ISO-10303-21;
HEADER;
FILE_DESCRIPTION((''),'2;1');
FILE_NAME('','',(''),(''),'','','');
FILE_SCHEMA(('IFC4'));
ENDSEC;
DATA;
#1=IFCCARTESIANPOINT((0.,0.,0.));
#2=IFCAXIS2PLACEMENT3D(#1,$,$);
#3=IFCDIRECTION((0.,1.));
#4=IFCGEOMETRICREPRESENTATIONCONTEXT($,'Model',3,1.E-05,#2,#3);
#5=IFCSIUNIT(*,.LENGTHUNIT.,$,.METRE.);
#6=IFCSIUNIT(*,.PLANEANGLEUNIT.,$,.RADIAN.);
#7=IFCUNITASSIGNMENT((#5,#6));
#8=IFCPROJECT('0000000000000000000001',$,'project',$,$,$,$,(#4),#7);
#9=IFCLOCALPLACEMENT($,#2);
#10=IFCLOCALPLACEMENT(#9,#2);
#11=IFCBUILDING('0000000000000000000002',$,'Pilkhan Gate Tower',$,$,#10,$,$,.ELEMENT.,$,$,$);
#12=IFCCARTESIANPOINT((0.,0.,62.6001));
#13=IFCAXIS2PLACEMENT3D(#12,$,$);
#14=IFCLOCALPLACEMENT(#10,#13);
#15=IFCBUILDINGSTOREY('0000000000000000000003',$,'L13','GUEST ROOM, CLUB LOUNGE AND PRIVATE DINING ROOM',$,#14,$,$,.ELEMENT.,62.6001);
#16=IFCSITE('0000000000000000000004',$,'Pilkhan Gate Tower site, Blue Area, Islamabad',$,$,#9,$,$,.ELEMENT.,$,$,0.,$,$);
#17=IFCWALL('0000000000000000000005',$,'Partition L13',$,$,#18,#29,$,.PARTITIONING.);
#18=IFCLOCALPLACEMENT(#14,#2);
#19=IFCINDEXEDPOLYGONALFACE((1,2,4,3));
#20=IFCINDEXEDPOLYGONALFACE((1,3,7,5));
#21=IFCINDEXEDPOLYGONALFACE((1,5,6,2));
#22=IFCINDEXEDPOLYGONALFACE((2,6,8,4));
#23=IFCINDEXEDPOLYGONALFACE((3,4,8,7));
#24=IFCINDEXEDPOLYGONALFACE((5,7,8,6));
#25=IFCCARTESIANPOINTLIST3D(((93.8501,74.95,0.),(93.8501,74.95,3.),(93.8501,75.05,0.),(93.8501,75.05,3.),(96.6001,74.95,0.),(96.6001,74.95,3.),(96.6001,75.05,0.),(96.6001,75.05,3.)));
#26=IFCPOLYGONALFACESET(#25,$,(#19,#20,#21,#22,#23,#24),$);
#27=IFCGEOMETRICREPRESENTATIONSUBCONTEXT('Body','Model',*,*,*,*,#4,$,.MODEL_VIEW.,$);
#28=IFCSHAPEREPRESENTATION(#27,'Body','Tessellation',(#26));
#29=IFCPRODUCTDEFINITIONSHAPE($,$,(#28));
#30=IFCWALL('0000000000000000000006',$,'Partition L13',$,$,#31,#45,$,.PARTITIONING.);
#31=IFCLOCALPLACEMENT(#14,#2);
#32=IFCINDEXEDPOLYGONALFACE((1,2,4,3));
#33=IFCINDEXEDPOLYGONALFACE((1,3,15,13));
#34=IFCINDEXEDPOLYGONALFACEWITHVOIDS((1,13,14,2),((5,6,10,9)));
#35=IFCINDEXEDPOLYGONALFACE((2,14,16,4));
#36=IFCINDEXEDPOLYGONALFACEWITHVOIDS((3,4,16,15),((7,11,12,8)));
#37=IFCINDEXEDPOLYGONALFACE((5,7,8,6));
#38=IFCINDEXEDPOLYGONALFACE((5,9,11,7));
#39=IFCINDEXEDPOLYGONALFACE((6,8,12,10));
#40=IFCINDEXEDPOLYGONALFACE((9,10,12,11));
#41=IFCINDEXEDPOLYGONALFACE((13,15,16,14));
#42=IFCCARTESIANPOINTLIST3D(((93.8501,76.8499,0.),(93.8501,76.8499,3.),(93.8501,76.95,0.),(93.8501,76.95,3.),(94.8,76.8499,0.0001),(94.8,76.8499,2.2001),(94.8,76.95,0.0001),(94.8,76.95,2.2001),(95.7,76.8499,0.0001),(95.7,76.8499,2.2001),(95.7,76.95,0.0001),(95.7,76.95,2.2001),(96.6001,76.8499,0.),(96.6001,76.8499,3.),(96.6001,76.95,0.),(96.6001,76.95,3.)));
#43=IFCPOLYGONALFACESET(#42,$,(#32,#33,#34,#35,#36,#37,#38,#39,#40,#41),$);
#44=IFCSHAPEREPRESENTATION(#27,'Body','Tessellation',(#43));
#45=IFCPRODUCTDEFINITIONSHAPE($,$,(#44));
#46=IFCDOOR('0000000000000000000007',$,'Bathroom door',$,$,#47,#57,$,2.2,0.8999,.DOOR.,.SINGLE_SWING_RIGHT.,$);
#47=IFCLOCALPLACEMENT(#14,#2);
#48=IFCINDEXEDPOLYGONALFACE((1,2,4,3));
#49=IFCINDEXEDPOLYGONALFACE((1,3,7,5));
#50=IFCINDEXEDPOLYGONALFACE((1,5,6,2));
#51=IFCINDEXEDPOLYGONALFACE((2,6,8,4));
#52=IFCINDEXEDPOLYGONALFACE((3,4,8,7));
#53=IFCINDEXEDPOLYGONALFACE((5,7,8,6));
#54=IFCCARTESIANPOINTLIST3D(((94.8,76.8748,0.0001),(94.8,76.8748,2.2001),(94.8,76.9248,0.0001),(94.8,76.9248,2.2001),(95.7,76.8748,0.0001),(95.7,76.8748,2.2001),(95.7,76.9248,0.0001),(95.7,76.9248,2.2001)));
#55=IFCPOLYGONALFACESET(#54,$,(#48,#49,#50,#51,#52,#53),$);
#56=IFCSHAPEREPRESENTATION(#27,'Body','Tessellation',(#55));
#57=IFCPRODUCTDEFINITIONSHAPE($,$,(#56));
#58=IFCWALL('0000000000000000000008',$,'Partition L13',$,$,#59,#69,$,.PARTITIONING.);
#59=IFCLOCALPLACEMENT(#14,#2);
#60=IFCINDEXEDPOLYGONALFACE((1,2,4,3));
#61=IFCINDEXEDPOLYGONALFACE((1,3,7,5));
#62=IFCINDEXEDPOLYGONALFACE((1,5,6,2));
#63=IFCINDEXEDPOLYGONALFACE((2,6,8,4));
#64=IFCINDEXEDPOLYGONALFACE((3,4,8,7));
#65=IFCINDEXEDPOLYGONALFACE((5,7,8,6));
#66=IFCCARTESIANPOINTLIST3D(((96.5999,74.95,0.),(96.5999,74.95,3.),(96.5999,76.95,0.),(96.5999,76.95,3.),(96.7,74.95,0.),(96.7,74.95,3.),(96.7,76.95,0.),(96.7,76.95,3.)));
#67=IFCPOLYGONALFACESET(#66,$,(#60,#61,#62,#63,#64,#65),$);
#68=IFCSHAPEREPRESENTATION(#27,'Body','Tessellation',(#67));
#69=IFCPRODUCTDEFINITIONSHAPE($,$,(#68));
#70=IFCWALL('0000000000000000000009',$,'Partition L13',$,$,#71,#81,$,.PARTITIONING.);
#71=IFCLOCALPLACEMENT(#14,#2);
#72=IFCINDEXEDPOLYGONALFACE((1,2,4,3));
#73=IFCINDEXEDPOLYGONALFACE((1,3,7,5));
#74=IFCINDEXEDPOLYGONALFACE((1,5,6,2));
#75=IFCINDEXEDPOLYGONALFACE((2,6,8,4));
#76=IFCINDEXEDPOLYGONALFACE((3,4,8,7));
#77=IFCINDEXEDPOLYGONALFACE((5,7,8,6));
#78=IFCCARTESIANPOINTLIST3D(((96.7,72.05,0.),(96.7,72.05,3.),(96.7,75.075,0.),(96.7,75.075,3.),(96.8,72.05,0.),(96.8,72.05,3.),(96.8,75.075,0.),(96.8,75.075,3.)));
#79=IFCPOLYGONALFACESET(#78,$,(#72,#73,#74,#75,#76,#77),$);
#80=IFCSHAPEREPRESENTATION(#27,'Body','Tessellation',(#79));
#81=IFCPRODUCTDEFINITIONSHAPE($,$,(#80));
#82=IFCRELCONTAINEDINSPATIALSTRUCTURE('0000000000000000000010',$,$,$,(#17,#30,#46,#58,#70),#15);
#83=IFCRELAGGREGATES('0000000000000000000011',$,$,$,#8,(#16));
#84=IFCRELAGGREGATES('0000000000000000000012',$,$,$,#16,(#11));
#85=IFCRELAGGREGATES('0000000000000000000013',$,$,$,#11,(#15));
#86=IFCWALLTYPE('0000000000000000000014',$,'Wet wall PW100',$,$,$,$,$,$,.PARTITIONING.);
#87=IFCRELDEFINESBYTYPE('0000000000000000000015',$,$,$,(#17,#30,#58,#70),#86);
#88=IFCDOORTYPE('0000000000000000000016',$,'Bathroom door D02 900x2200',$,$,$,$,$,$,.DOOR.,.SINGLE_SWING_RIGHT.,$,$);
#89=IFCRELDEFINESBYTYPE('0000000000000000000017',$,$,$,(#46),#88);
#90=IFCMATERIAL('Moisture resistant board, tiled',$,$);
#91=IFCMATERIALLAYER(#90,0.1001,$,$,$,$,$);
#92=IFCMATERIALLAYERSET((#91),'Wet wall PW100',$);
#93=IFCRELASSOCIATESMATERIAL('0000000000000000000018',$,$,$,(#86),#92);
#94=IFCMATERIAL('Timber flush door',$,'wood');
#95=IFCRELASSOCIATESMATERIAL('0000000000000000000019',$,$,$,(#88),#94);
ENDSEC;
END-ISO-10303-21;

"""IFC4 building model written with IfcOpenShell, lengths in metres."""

from ifc_helpers import new_model, si_unit, direction, frame, frame_2d, origin, place, context, subcontext, project, spatial, rectangle, extrude, material, layer, layer_set, type_object, element, fill, save


model = new_model("IFC4")

# Units and contexts
model_context = context("Model", 3, precision=1e-05, world=origin(), true_north=direction((0.0, 1.0)))
body_context = subcontext(model_context, "Body", "Model", "MODEL_VIEW")
ifc_project = project(units=[si_unit("LENGTHUNIT", "METRE"), si_unit("PLANEANGLEUNIT", "RADIAN")], contexts=[model_context])

# Site, building, storey
site_placement = place(None, origin())
site = spatial("IfcSite", under=ifc_project, at=site_placement, Name="Pilkhan Gate Tower site, Blue Area, Islamabad", CompositionType="ELEMENT", RefElevation=0.0)
building_placement = place(site_placement, origin())
building = spatial("IfcBuilding", under=site, at=building_placement, Name="Pilkhan Gate Tower", CompositionType="ELEMENT")
storey_placement = place(building_placement, frame((0.0, 0.0, 62.6001)))
storey = spatial("IfcBuildingStorey", under=building, at=storey_placement, Name="L13", Description="GUEST ROOM, CLUB LOUNGE AND PRIVATE DINING ROOM", CompositionType="ELEMENT", Elevation=62.6001)

# Shared definitions
ifc_material_1 = material(Name="Moisture resistant board, tiled")
ifc_layer_1 = layer(ifc_material_1, 0.1001)
ifc_layer_set_1 = layer_set([ifc_layer_1], Name="Wet wall PW100")
wall_type_1 = type_object("IfcWallType", Name="Wet wall PW100", PredefinedType="PARTITIONING", material=ifc_layer_set_1)
ifc_material_2 = material(Name="Timber flush door", Category="wood")
door_type = type_object("IfcDoorType", Name="Bathroom door D02 900x2200", OperationType="SINGLE_SWING_RIGHT", PredefinedType="DOOR", material=ifc_material_2)

# Wall
wall_1_placement = place(storey_placement, frame((93.8501, 75.0, 0.0), z_axis=(0.0, 0.0, 1.0), x_axis=(1.0, 0.0, 0.0)))
element("IfcWall", 1, at=wall_1_placement, inside=storey, type_object=wall_type_1, Name="Partition L13", PredefinedType="PARTITIONING", context=body_context, shape_type="SweptSolid", body=[
    extrude(rectangle(XDim=2.75, YDim=0.1001, at=frame_2d((1.375, 0.0))), origin(), (0.0, 0.0, 1.0), 3.0),
])

# Wall, opening, door
wall_2_placement = place(storey_placement, frame((93.8501, 76.8999, 0.0), z_axis=(0.0, 0.0, 1.0), x_axis=(1.0, 0.0, 0.0)))
wall_2 = element("IfcWall", 2, at=wall_2_placement, inside=storey, type_object=wall_type_1, Name="Partition L13", PredefinedType="PARTITIONING", context=body_context, shape_type="SweptSolid", body=[
    extrude(rectangle(XDim=2.75, YDim=0.1001, at=frame_2d((1.375, 0.0))), origin(), (0.0, 0.0, 1.0), 3.0),
])
opening_1_placement = place(wall_2_placement, frame((0.95, 0.0, 0.0)))
opening_1 = element("IfcOpeningElement", 3, at=opening_1_placement, cuts=wall_2, PredefinedType="OPENING", context=body_context, shape_type="SweptSolid", body=[
    extrude(rectangle(XDim=0.8999, YDim=2.2, at=frame_2d((0.45, 1.1001))), frame((0.0, 0.0601, 0.0), z_axis=(0.0, -1.0, 0.0), x_axis=(1.0, 0.0, 0.0)), (0.0, 0.0, 1.0), 0.1201),
])
door_1_placement = place(opening_1_placement, origin())
door_1 = element("IfcDoor", 4, at=door_1_placement, inside=storey, type_object=door_type, Name="Bathroom door", OperationType="SINGLE_SWING_RIGHT", OverallHeight=2.2, OverallWidth=0.8999, PredefinedType="DOOR", context=body_context, shape_type="SweptSolid", body=[
    extrude(rectangle(XDim=0.8999, YDim=2.2, at=frame_2d((0.45, 1.1001))), frame((0.0, 0.0249, 0.0), z_axis=(0.0, -1.0, 0.0), x_axis=(1.0, 0.0, 0.0)), (0.0, 0.0, 1.0), 0.05),
])
fill(opening_1, door_1)

# Walls
wall_3_placement = place(storey_placement, frame((96.6499, 74.95, 0.0), z_axis=(0.0, 0.0, 1.0), x_axis=(0.0, 1.0, 0.0)))
element("IfcWall", 5, at=wall_3_placement, inside=storey, type_object=wall_type_1, Name="Partition L13", PredefinedType="PARTITIONING", context=body_context, shape_type="SweptSolid", body=[
    extrude(rectangle(XDim=2.0, YDim=0.1001, at=frame_2d((1.0, 0.0))), origin(), (0.0, 0.0, 1.0), 3.0),
])
wall_4_placement = place(storey_placement, frame((96.75, 72.05, 0.0), z_axis=(0.0, 0.0, 1.0), x_axis=(0.0, 1.0, 0.0)))
element("IfcWall", 6, at=wall_4_placement, inside=storey, type_object=wall_type_1, Name="Partition L13", PredefinedType="PARTITIONING", context=body_context, shape_type="SweptSolid", body=[
    extrude(rectangle(XDim=3.0249, YDim=0.1001, at=frame_2d((1.5125, 0.0))), origin(), (0.0, 0.0, 1.0), 3.0),
])

save(model, "model.ifc")
